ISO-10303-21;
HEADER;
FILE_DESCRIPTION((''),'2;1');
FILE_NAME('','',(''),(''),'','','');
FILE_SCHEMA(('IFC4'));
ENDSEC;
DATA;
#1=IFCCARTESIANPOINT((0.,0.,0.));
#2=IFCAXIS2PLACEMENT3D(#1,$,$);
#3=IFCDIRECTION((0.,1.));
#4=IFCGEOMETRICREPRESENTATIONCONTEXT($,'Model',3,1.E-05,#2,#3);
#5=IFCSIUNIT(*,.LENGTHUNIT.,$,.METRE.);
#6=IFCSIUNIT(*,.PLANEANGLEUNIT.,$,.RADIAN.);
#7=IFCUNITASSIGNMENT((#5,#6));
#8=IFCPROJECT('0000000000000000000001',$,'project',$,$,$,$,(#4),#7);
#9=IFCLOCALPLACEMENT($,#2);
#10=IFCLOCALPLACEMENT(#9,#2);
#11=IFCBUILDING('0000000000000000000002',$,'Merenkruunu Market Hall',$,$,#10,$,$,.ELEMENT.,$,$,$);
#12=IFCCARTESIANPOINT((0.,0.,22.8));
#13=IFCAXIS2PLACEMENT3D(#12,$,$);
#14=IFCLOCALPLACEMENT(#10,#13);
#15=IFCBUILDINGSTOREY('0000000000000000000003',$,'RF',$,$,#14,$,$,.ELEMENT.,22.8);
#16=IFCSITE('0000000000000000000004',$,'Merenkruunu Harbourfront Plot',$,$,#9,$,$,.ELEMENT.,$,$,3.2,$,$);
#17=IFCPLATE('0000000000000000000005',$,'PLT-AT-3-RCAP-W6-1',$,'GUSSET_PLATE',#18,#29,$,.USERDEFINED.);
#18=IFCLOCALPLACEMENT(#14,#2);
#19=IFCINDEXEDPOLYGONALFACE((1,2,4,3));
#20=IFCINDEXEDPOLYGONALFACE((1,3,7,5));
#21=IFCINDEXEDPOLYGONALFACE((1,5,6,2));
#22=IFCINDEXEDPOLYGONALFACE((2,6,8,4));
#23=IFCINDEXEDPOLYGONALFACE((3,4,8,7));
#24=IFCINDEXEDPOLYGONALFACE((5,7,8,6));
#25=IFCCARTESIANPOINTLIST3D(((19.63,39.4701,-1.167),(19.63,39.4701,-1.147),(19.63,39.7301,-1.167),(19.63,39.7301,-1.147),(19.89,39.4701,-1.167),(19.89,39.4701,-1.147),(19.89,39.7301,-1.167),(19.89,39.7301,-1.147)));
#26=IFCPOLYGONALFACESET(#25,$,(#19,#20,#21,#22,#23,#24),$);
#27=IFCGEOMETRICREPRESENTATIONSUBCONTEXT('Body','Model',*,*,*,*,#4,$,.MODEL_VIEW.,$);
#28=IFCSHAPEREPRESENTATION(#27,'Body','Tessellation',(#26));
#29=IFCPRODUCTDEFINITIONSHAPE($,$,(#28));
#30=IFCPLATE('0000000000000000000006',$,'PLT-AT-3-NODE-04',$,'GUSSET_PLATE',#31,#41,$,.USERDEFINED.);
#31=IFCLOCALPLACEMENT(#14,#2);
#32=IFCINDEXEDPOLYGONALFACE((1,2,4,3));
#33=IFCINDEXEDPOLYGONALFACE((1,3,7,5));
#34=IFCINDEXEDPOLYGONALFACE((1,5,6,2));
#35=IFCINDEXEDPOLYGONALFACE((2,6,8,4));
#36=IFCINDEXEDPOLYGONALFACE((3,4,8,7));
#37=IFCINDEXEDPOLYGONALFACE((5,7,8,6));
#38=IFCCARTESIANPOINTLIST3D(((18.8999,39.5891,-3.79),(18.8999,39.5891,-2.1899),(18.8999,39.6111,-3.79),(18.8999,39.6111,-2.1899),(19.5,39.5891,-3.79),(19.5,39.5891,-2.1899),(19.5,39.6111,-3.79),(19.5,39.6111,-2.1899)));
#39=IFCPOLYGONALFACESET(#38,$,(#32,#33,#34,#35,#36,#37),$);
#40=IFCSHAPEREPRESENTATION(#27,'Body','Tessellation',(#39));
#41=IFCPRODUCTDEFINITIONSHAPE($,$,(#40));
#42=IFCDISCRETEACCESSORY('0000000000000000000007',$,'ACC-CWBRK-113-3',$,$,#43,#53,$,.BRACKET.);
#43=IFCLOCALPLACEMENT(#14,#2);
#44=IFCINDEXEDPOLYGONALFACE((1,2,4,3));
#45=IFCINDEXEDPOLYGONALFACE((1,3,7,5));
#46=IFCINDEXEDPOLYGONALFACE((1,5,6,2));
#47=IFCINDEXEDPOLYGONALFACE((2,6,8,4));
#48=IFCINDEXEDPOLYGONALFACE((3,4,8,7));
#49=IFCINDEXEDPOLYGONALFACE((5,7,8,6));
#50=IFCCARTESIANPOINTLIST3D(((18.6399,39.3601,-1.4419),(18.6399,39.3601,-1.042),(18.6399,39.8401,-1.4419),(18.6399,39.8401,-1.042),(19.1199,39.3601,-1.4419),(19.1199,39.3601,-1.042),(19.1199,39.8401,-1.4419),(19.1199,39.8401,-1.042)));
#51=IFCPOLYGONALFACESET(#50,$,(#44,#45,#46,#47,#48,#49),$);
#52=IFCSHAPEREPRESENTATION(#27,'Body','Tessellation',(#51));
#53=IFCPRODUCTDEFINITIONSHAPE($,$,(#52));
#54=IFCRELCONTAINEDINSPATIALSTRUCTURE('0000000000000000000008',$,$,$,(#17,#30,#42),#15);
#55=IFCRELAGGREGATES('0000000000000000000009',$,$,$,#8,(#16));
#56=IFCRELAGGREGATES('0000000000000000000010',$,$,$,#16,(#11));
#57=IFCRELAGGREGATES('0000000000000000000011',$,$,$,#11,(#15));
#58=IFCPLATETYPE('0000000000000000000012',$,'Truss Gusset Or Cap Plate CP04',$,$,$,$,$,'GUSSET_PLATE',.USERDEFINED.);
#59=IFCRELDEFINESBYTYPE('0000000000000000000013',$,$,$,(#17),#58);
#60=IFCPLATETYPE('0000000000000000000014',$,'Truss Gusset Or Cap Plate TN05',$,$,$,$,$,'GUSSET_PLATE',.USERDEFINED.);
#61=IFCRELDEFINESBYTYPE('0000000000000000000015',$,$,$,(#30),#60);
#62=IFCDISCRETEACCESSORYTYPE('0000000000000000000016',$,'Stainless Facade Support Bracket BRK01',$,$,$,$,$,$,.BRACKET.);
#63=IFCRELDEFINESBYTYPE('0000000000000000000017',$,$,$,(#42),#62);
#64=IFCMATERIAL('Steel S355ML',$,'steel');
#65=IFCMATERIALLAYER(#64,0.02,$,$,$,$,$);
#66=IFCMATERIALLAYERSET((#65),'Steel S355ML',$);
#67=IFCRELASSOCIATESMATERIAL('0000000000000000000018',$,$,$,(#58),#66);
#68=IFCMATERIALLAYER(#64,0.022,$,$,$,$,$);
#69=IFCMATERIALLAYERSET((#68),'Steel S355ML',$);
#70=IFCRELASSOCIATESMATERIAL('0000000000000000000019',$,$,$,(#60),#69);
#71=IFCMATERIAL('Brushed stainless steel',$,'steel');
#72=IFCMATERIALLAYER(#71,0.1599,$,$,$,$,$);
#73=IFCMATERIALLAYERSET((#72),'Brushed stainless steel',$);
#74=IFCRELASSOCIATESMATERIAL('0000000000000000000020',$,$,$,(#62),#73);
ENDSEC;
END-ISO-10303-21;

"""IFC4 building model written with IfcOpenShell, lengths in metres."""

from ifc_helpers import new_model, si_unit, direction, frame, origin, origin_2d, place, context, subcontext, project, spatial, rectangle, extrude, material, layer, layer_set, type_object, element, save


model = new_model("IFC4")

# Units and contexts
model_context = context("Model", 3, precision=1e-05, world=origin(), true_north=direction((0.0, 1.0)))
body_context = subcontext(model_context, "Body", "Model", "MODEL_VIEW")
ifc_project = project(units=[si_unit("LENGTHUNIT", "METRE"), si_unit("PLANEANGLEUNIT", "RADIAN")], contexts=[model_context])

# Site, building, storey
site_placement = place(None, origin())
site = spatial("IfcSite", under=ifc_project, at=site_placement, Name="Merenkruunu Harbourfront Plot", CompositionType="ELEMENT", RefElevation=3.2)
building_placement = place(site_placement, origin())
building = spatial("IfcBuilding", under=site, at=building_placement, Name="Merenkruunu Market Hall", CompositionType="ELEMENT")
storey_placement = place(building_placement, frame((0.0, 0.0, 22.8)))
storey = spatial("IfcBuildingStorey", under=building, at=storey_placement, Name="RF", CompositionType="ELEMENT", Elevation=22.8)

# Shared definitions
ifc_material_1 = material(Name="Steel S355ML", Category="steel")

# Plates
ifc_layer_1 = layer(ifc_material_1, 0.02)
ifc_layer_set_1 = layer_set([ifc_layer_1], Name="Steel S355ML")
plate_type_1 = type_object("IfcPlateType", Name="Truss Gusset Or Cap Plate CP04", ElementType="GUSSET_PLATE", PredefinedType="USERDEFINED", material=ifc_layer_set_1)
for number, where, z_axis, x_axis, name in (
    (1, (19.76, 39.6001, -1.167), (0.0, 0.0, 1.0), (1.0, 0.0, 0.0), "PLT-AT-3-RCAP-W6-1"),
):
    element("IfcPlate", number, at=place(storey_placement, frame(where, z_axis=z_axis, x_axis=x_axis)), inside=storey, type_object=plate_type_1, Name=name, ObjectType="GUSSET_PLATE", PredefinedType="USERDEFINED", context=body_context, shape_type="SweptSolid", body=[
        extrude(rectangle(XDim=0.26, YDim=0.26, at=origin_2d()), origin(), (0.0, 0.0, 1.0), 0.02),
    ])
ifc_layer_2 = layer(ifc_material_1, 0.022)
ifc_layer_set_2 = layer_set([ifc_layer_2], Name="Steel S355ML")
plate_type_2 = type_object("IfcPlateType", Name="Truss Gusset Or Cap Plate TN05", ElementType="GUSSET_PLATE", PredefinedType="USERDEFINED", material=ifc_layer_set_2)
plate_placement = place(storey_placement, frame((19.2, 39.6001, -3.79), z_axis=(0.0, 0.0, 1.0), x_axis=(1.0, 0.0, 0.0)))
element("IfcPlate", 2, at=plate_placement, inside=storey, type_object=plate_type_2, Name="PLT-AT-3-NODE-04", ObjectType="GUSSET_PLATE", PredefinedType="USERDEFINED", context=body_context, shape_type="SweptSolid", body=[
    extrude(rectangle(XDim=0.6001, YDim=0.022, at=origin_2d()), origin(), (0.0, 0.0, 1.0), 1.6001),
])

# Discrete accessory
ifc_material_2 = material(Name="Brushed stainless steel", Category="steel")
ifc_layer_3 = layer(ifc_material_2, 0.1599)
ifc_layer_set_3 = layer_set([ifc_layer_3], Name="Brushed stainless steel")
discrete_accessory_type = type_object("IfcDiscreteAccessoryType", Name="Stainless Facade Support Bracket BRK01", PredefinedType="BRACKET", material=ifc_layer_set_3)
discrete_accessory_placement = place(storey_placement, frame((18.8799, 39.6001, -1.4419), z_axis=(0.0, 0.0, 1.0), x_axis=(1.0, 0.0, 0.0)))
element("IfcDiscreteAccessory", 3, at=discrete_accessory_placement, inside=storey, type_object=discrete_accessory_type, Name="ACC-CWBRK-113-3", PredefinedType="BRACKET", context=body_context, shape_type="SweptSolid", body=[
    extrude(rectangle(XDim=0.48, YDim=0.48, at=origin_2d()), origin(), (0.0, 0.0, 1.0), 0.3999),
])

save(model, "model.ifc")
